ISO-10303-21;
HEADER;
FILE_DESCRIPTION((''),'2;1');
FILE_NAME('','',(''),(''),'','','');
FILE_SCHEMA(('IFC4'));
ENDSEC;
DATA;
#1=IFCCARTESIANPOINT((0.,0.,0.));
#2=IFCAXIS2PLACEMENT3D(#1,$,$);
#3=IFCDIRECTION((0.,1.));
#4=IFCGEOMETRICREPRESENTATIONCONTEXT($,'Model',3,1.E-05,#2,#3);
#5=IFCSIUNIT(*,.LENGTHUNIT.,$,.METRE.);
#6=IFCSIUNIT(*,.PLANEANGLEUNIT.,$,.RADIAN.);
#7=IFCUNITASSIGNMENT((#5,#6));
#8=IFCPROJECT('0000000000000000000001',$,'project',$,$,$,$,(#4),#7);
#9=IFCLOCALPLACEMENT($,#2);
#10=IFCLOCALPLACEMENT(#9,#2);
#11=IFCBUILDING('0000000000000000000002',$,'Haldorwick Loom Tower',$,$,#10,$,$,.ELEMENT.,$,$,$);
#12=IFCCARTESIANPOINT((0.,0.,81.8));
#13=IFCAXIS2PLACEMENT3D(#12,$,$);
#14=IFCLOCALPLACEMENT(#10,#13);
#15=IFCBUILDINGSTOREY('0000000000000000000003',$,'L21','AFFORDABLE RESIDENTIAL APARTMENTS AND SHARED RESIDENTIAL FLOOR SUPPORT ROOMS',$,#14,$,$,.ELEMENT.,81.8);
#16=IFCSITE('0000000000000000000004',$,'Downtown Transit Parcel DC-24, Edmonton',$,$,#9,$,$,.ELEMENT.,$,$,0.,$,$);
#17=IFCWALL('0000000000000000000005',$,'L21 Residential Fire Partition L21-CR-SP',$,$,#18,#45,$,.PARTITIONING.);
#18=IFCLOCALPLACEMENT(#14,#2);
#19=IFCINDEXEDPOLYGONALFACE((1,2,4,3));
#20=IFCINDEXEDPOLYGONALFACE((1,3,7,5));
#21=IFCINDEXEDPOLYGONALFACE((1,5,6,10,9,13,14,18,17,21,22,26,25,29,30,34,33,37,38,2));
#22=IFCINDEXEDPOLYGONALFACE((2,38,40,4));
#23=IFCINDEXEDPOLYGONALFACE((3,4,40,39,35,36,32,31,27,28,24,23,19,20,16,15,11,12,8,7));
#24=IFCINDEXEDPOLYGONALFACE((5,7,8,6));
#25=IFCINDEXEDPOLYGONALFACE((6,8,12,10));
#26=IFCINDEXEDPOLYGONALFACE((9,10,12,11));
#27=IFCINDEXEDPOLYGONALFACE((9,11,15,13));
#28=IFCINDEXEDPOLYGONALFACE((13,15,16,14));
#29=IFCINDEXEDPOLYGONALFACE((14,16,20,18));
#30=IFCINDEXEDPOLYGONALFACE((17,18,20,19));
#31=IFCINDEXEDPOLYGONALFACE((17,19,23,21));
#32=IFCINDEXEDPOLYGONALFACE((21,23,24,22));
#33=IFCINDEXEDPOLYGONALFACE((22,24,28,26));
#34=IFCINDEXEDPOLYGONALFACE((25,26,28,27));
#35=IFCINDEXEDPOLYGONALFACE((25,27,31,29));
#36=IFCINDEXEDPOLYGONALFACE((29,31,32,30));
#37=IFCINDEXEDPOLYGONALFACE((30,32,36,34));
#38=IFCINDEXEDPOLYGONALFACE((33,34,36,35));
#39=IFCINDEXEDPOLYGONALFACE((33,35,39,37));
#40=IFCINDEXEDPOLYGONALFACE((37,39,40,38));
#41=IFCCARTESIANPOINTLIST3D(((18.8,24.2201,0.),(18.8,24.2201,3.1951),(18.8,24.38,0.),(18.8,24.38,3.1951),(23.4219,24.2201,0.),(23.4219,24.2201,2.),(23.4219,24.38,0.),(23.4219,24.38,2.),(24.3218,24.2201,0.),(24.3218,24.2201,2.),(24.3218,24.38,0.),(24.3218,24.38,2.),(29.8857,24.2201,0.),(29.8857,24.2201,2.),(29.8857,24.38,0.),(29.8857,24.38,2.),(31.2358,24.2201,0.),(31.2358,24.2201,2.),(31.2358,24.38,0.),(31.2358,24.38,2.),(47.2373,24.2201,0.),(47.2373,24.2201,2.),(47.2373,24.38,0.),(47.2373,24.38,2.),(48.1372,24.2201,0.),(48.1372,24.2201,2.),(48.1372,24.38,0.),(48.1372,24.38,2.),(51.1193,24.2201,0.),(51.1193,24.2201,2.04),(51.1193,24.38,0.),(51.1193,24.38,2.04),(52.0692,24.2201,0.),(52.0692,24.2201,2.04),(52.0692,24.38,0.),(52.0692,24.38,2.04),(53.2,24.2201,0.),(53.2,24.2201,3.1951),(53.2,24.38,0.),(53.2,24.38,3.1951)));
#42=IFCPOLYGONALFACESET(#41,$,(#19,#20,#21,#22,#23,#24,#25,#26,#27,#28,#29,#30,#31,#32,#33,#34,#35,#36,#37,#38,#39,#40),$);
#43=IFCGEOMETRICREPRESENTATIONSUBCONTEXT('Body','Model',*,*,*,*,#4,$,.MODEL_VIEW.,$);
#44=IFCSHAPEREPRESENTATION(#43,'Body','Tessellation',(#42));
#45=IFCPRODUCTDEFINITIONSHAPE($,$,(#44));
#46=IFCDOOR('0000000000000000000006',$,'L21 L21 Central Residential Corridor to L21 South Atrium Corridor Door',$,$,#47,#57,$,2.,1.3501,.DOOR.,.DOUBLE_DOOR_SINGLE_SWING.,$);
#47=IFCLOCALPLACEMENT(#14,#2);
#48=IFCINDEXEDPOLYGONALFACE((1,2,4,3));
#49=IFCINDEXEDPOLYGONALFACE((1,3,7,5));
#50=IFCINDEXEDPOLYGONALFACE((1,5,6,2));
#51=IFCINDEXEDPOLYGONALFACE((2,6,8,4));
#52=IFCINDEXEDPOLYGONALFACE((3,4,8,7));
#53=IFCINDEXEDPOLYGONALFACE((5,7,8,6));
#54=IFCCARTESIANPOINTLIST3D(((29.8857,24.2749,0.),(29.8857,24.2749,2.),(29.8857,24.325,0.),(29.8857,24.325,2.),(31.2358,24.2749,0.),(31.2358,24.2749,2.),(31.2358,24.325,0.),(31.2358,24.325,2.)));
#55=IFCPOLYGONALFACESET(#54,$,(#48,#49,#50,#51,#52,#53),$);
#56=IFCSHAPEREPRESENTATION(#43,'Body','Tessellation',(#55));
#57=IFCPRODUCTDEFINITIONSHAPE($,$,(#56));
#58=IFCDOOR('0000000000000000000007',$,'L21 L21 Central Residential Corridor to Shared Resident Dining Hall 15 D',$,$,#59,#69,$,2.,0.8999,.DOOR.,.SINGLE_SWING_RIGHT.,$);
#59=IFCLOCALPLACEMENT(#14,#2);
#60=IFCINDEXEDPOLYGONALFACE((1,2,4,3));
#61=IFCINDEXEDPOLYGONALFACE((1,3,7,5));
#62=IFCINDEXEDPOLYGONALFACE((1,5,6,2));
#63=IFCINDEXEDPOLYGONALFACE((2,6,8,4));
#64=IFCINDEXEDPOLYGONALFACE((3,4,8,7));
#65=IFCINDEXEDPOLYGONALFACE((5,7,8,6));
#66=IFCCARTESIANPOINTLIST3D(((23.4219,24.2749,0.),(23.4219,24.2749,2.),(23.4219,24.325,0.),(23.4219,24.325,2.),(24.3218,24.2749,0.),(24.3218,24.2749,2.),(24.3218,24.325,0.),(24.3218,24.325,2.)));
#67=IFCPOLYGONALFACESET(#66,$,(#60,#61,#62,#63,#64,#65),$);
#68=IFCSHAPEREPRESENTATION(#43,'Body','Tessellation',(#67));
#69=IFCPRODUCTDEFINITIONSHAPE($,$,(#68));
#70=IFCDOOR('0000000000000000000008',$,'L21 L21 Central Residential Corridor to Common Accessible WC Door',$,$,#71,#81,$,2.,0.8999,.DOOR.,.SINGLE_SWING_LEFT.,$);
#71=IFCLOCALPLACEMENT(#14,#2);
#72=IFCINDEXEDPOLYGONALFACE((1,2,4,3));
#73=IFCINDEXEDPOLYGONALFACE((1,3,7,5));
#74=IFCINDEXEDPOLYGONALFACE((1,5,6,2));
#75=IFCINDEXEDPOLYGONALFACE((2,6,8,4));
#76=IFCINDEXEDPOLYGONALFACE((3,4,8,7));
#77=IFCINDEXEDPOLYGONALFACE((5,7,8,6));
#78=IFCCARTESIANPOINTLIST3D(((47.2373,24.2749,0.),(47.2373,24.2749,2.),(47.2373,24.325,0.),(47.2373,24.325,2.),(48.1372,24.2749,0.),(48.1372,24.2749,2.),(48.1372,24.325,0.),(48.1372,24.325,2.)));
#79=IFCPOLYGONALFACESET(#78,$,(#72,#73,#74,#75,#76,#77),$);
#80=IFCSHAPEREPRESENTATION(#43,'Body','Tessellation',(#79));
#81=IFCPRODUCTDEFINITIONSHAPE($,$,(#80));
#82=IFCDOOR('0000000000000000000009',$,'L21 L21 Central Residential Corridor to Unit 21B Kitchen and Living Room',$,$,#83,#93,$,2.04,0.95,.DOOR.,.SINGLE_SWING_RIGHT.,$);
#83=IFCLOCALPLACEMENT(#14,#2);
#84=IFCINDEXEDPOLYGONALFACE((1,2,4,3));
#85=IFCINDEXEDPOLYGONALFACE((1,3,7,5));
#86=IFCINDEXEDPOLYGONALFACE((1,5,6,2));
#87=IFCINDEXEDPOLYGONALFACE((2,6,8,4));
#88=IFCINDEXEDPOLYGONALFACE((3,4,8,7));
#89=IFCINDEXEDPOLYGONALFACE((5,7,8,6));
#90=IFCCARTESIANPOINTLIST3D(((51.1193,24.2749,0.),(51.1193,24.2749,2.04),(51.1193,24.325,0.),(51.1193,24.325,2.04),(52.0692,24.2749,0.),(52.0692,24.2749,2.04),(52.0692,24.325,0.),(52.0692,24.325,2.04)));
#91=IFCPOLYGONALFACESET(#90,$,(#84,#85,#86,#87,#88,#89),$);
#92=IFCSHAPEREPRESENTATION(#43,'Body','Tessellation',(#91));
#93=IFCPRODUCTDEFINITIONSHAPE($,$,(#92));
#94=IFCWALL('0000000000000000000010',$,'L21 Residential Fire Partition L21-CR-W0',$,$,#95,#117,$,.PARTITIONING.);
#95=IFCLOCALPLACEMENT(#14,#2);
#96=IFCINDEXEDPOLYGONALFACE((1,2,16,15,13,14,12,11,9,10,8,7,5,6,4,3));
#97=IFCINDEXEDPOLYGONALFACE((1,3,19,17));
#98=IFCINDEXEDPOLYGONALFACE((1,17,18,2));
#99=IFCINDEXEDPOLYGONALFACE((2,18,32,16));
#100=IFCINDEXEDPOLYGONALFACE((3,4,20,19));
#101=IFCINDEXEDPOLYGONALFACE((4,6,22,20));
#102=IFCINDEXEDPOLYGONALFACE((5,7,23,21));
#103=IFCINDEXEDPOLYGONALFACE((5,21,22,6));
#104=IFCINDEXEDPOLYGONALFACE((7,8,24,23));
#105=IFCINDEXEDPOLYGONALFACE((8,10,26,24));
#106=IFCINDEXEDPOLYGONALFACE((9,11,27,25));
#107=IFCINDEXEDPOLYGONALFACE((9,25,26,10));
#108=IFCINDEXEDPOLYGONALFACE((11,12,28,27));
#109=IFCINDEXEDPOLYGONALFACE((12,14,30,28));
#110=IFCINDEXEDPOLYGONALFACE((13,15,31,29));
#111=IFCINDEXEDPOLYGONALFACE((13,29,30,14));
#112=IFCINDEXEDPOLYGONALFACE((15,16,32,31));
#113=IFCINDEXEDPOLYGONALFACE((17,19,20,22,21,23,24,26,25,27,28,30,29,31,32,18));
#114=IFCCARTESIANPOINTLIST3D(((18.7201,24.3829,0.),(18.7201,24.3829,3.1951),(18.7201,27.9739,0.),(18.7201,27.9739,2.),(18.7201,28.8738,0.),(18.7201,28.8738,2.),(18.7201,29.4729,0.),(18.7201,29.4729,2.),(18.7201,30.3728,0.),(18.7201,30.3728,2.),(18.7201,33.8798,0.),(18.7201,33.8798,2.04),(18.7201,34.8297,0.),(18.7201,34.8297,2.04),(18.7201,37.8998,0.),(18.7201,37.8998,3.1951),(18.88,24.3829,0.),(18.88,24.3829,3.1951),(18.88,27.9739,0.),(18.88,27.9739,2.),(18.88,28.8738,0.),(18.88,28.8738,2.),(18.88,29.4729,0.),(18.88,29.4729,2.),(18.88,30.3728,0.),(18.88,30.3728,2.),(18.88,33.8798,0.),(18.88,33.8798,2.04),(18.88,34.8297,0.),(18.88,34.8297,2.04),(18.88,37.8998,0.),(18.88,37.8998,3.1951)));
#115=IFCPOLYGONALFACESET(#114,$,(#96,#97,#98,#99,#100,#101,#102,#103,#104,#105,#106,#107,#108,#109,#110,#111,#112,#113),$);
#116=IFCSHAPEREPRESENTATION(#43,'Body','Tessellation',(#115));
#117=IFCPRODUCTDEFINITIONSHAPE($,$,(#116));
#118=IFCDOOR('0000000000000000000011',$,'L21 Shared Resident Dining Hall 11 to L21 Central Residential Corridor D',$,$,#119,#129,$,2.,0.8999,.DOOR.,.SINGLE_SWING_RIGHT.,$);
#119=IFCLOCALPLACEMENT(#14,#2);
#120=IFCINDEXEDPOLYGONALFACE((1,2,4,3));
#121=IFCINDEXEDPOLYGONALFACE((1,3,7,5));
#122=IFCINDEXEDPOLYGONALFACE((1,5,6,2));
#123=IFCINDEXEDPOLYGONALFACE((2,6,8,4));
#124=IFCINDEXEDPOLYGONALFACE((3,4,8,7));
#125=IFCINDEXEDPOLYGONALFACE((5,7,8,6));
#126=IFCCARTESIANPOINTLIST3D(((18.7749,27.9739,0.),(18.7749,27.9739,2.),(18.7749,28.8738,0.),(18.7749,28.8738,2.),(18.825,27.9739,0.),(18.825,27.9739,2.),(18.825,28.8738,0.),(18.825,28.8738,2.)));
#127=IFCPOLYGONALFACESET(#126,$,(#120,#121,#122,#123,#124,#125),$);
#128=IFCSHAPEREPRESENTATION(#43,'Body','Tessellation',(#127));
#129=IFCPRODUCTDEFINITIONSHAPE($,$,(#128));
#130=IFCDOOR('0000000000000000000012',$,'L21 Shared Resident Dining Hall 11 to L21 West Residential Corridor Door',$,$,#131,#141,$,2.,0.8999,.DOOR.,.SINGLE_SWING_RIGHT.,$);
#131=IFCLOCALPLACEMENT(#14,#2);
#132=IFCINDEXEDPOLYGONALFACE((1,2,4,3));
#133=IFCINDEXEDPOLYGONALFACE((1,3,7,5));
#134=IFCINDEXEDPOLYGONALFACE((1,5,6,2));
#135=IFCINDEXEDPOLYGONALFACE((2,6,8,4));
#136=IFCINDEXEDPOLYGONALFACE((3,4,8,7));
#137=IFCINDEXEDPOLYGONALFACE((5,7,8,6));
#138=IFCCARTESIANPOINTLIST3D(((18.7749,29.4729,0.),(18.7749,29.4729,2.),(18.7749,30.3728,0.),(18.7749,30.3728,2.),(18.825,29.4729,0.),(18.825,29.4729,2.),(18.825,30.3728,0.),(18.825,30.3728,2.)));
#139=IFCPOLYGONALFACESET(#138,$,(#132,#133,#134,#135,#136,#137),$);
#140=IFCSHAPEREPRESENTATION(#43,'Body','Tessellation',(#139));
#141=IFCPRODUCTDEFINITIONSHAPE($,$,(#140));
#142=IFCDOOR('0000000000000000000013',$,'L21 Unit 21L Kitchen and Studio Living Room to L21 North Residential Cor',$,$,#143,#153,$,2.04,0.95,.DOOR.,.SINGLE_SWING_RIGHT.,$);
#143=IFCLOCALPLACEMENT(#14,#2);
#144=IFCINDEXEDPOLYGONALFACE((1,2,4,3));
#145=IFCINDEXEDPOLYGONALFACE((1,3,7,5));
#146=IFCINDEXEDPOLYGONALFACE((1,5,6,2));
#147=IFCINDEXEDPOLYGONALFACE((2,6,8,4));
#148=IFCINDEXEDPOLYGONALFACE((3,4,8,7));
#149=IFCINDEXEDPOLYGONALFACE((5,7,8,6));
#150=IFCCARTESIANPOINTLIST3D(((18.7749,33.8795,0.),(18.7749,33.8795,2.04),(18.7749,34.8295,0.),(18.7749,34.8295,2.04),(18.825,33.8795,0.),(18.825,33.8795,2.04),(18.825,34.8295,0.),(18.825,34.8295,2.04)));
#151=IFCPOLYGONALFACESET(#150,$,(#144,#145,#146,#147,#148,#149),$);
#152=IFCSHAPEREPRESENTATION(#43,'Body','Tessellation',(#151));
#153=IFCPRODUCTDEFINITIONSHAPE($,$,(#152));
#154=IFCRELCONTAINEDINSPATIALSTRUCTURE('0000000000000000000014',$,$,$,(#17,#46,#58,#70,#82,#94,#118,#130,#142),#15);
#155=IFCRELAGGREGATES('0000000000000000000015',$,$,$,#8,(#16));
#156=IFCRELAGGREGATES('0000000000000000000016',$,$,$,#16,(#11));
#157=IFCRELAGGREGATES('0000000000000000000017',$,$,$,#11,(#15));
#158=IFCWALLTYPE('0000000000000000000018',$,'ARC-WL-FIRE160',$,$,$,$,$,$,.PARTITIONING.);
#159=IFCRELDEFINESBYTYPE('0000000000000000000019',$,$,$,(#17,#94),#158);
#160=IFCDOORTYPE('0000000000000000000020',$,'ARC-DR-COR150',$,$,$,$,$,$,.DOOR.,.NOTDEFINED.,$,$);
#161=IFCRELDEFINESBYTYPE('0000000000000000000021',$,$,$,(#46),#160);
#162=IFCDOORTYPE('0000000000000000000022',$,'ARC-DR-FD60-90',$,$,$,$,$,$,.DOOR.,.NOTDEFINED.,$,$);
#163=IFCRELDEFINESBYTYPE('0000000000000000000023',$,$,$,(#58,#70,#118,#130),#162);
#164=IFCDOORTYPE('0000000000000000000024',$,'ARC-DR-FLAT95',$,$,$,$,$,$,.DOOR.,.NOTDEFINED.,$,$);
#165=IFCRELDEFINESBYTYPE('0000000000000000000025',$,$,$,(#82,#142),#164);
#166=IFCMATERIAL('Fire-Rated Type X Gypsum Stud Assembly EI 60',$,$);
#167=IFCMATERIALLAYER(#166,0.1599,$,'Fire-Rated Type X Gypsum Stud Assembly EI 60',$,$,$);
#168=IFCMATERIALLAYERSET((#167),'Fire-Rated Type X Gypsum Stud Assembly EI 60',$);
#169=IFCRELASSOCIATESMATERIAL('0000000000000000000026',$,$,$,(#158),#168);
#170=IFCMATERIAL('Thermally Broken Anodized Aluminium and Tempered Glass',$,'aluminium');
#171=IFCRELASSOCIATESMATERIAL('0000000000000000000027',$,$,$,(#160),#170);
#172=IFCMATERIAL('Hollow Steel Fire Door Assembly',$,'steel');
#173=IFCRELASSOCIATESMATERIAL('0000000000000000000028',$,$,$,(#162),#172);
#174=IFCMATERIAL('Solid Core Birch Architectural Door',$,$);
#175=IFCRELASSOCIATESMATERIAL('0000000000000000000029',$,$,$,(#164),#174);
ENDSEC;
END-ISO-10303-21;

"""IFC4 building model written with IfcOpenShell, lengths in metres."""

from ifc_helpers import new_model, si_unit, direction, frame, frame_2d, origin, place, context, subcontext, project, spatial, rectangle, extrude, material, layer, layer_set, type_object, element, fill, save


model = new_model("IFC4")

# Units and contexts
model_context = context("Model", 3, precision=1e-05, world=origin(), true_north=direction((0.0, 1.0)))
body_context = subcontext(model_context, "Body", "Model", "MODEL_VIEW")
ifc_project = project(units=[si_unit("LENGTHUNIT", "METRE"), si_unit("PLANEANGLEUNIT", "RADIAN")], contexts=[model_context])

# Site, building, storey
site_placement = place(None, origin())
site = spatial("IfcSite", under=ifc_project, at=site_placement, Name="Downtown Transit Parcel DC-24, Edmonton", CompositionType="ELEMENT", RefElevation=0.0)
building_placement = place(site_placement, origin())
building = spatial("IfcBuilding", under=site, at=building_placement, Name="Haldorwick Loom Tower", CompositionType="ELEMENT")
storey_placement = place(building_placement, frame((0.0, 0.0, 81.8)))
storey = spatial("IfcBuildingStorey", under=building, at=storey_placement, Name="L21", Description="AFFORDABLE RESIDENTIAL APARTMENTS AND SHARED RESIDENTIAL FLOOR SUPPORT ROOMS", CompositionType="ELEMENT", Elevation=81.8)

# Walls, openings, doors
ifc_material_1 = material(Name="Fire-Rated Type X Gypsum Stud Assembly EI 60")
ifc_layer_1 = layer(ifc_material_1, 0.1599, Name="Fire-Rated Type X Gypsum Stud Assembly EI 60")
ifc_layer_set_1 = layer_set([ifc_layer_1], Name="Fire-Rated Type X Gypsum Stud Assembly EI 60")
wall_type_1 = type_object("IfcWallType", Name="ARC-WL-FIRE160", PredefinedType="PARTITIONING", material=ifc_layer_set_1)
wall_1_placement = place(storey_placement, frame((18.8, 24.3, 0.0), z_axis=(0.0, 0.0, 1.0), x_axis=(1.0, 0.0, 0.0)))
wall_1 = element("IfcWall", 1, at=wall_1_placement, inside=storey, type_object=wall_type_1, Name="L21 Residential Fire Partition L21-CR-SP", PredefinedType="PARTITIONING", context=body_context, shape_type="SweptSolid", body=[
    extrude(rectangle(XDim=34.3999, YDim=0.1599, at=frame_2d((17.2, 0.0))), origin(), (0.0, 0.0, 1.0), 3.1951),
])
opening_1_placement = place(wall_1_placement, frame((11.0857, 0.0, 0.0)))
opening_1 = element("IfcOpeningElement", 2, at=opening_1_placement, cuts=wall_1, PredefinedType="OPENING", context=body_context, shape_type="SweptSolid", body=[
    extrude(rectangle(XDim=1.3501, YDim=2.0, at=frame_2d((0.675, 1.0))), frame((0.0, 0.0898, 0.0), z_axis=(0.0, -1.0, 0.0), x_axis=(1.0, 0.0, 0.0)), (0.0, 0.0, 1.0), 0.1799),
])
opening_2_placement = place(wall_1_placement, frame((4.6218, 0.0, 0.0)))
opening_2 = element("IfcOpeningElement", 3, at=opening_2_placement, cuts=wall_1, PredefinedType="OPENING", context=body_context, shape_type="SweptSolid", body=[
    extrude(rectangle(XDim=0.8999, YDim=2.0, at=frame_2d((0.45, 1.0))), frame((0.0, 0.0898, 0.0), z_axis=(0.0, -1.0, 0.0), x_axis=(1.0, 0.0, 0.0)), (0.0, 0.0, 1.0), 0.1799),
])
opening_3_placement = place(wall_1_placement, frame((28.4373, 0.0, 0.0)))
opening_3 = element("IfcOpeningElement", 4, at=opening_3_placement, cuts=wall_1, PredefinedType="OPENING", context=body_context, shape_type="SweptSolid", body=[
    extrude(rectangle(XDim=0.8999, YDim=2.0, at=frame_2d((0.45, 1.0))), frame((0.0, 0.0898, 0.0), z_axis=(0.0, -1.0, 0.0), x_axis=(1.0, 0.0, 0.0)), (0.0, 0.0, 1.0), 0.1799),
])
opening_4_placement = place(wall_1_placement, frame((32.3191, 0.0, 0.0)))
opening_4 = element("IfcOpeningElement", 5, at=opening_4_placement, cuts=wall_1, PredefinedType="OPENING", context=body_context, shape_type="SweptSolid", body=[
    extrude(rectangle(XDim=0.95, YDim=2.04, at=frame_2d((0.4751, 1.02))), frame((0.0, 0.0898, 0.0), z_axis=(0.0, -1.0, 0.0), x_axis=(1.0, 0.0, 0.0)), (0.0, 0.0, 1.0), 0.1799),
])
ifc_material_2 = material(Name="Thermally Broken Anodized Aluminium and Tempered Glass", Category="aluminium")
door_type_1 = type_object("IfcDoorType", Name="ARC-DR-COR150", OperationType="NOTDEFINED", PredefinedType="DOOR", material=ifc_material_2)
door_1_placement = place(opening_1_placement, origin())
door_1 = element("IfcDoor", 6, at=door_1_placement, inside=storey, type_object=door_type_1, Name="L21 L21 Central Residential Corridor to L21 South Atrium Corridor Door", OperationType="DOUBLE_DOOR_SINGLE_SWING", OverallHeight=2.0, OverallWidth=1.3501, PredefinedType="DOOR", context=body_context, shape_type="SweptSolid", body=[
    extrude(rectangle(XDim=1.3501, YDim=2.0, at=frame_2d((0.675, 1.0))), frame((0.0, 0.0249, 0.0), z_axis=(0.0, -1.0, 0.0), x_axis=(1.0, 0.0, 0.0)), (0.0, 0.0, 1.0), 0.05),
])
fill(opening_1, door_1)
ifc_material_3 = material(Name="Hollow Steel Fire Door Assembly", Category="steel")
door_type_2 = type_object("IfcDoorType", Name="ARC-DR-FD60-90", OperationType="NOTDEFINED", PredefinedType="DOOR", material=ifc_material_3)
door_2_placement = place(opening_2_placement, origin())
door_2 = element("IfcDoor", 7, at=door_2_placement, inside=storey, type_object=door_type_2, Name="L21 L21 Central Residential Corridor to Shared Resident Dining Hall 15 D", OperationType="SINGLE_SWING_RIGHT", OverallHeight=2.0, OverallWidth=0.8999, PredefinedType="DOOR", context=body_context, shape_type="SweptSolid", body=[
    extrude(rectangle(XDim=0.8999, YDim=2.0, at=frame_2d((0.45, 1.0))), frame((0.0, 0.0249, 0.0), z_axis=(0.0, -1.0, 0.0), x_axis=(1.0, 0.0, 0.0)), (0.0, 0.0, 1.0), 0.05),
])
fill(opening_2, door_2)
door_3_placement = place(opening_3_placement, origin())
door_3 = element("IfcDoor", 8, at=door_3_placement, inside=storey, type_object=door_type_2, Name="L21 L21 Central Residential Corridor to Common Accessible WC Door", OperationType="SINGLE_SWING_LEFT", OverallHeight=2.0, OverallWidth=0.8999, PredefinedType="DOOR", context=body_context, shape_type="SweptSolid", body=[
    extrude(rectangle(XDim=0.8999, YDim=2.0, at=frame_2d((0.45, 1.0))), frame((0.0, 0.0249, 0.0), z_axis=(0.0, -1.0, 0.0), x_axis=(1.0, 0.0, 0.0)), (0.0, 0.0, 1.0), 0.05),
])
fill(opening_3, door_3)
ifc_material_4 = material(Name="Solid Core Birch Architectural Door")
door_type_3 = type_object("IfcDoorType", Name="ARC-DR-FLAT95", OperationType="NOTDEFINED", PredefinedType="DOOR", material=ifc_material_4)
door_4_placement = place(opening_4_placement, origin())
door_4 = element("IfcDoor", 9, at=door_4_placement, inside=storey, type_object=door_type_3, Name="L21 L21 Central Residential Corridor to Unit 21B Kitchen and Living Room", OperationType="SINGLE_SWING_RIGHT", OverallHeight=2.04, OverallWidth=0.95, PredefinedType="DOOR", context=body_context, shape_type="SweptSolid", body=[
    extrude(rectangle(XDim=0.95, YDim=2.04, at=frame_2d((0.4751, 1.02))), frame((0.0, 0.0249, 0.0), z_axis=(0.0, -1.0, 0.0), x_axis=(1.0, 0.0, 0.0)), (0.0, 0.0, 1.0), 0.05),
])
fill(opening_4, door_4)
wall_2_placement = place(storey_placement, frame((18.8, 24.3831, 0.0), z_axis=(0.0, 0.0, 1.0), x_axis=(0.0, 1.0, 0.0)))
wall_2 = element("IfcWall", 10, at=wall_2_placement, inside=storey, type_object=wall_type_1, Name="L21 Residential Fire Partition L21-CR-W0", PredefinedType="PARTITIONING", context=body_context, shape_type="SweptSolid", body=[
    extrude(rectangle(XDim=13.5168, YDim=0.1599, at=frame_2d((6.7583, 0.0))), origin(), (0.0, 0.0, 1.0), 3.1951),
])
opening_5_placement = place(wall_2_placement, frame((3.5908, 0.0, 0.0)))
opening_5 = element("IfcOpeningElement", 11, at=opening_5_placement, cuts=wall_2, PredefinedType="OPENING", context=body_context, shape_type="SweptSolid", body=[
    extrude(rectangle(XDim=0.8999, YDim=2.0, at=frame_2d((0.45, 1.0))), frame((0.0, 0.0898, 0.0), z_axis=(0.0, -1.0, 0.0), x_axis=(1.0, 0.0, 0.0)), (0.0, 0.0, 1.0), 0.1799),
])
opening_6_placement = place(wall_2_placement, frame((9.4966, 0.0, 0.0)))
opening_6 = element("IfcOpeningElement", 12, at=opening_6_placement, cuts=wall_2, PredefinedType="OPENING", context=body_context, shape_type="SweptSolid", body=[
    extrude(rectangle(XDim=0.95, YDim=2.04, at=frame_2d((0.4751, 1.02))), frame((0.0, 0.0898, 0.0), z_axis=(0.0, -1.0, 0.0), x_axis=(1.0, 0.0, 0.0)), (0.0, 0.0, 1.0), 0.1799),
])
opening_7_placement = place(wall_2_placement, frame((5.0898, 0.0, 0.0)))
opening_7 = element("IfcOpeningElement", 13, at=opening_7_placement, cuts=wall_2, PredefinedType="OPENING", context=body_context, shape_type="SweptSolid", body=[
    extrude(rectangle(XDim=0.8999, YDim=2.0, at=frame_2d((0.45, 1.0))), frame((0.0, 0.0898, 0.0), z_axis=(0.0, -1.0, 0.0), x_axis=(1.0, 0.0, 0.0)), (0.0, 0.0, 1.0), 0.1799),
])
door_5_placement = place(opening_5_placement, frame((0.8999, 0.0, 0.0), z_axis=(0.0, 0.0, 1.0), x_axis=(-1.0, 0.0, 0.0)))
door_5 = element("IfcDoor", 14, at=door_5_placement, inside=storey, type_object=door_type_2, Name="L21 Shared Resident Dining Hall 11 to L21 Central Residential Corridor D", OperationType="SINGLE_SWING_RIGHT", OverallHeight=2.0, OverallWidth=0.8999, PredefinedType="DOOR", context=body_context, shape_type="SweptSolid", body=[
    extrude(rectangle(XDim=0.8999, YDim=2.0, at=frame_2d((0.45, 1.0))), frame((0.0, 0.0249, 0.0), z_axis=(0.0, -1.0, 0.0), x_axis=(1.0, 0.0, 0.0)), (0.0, 0.0, 1.0), 0.05),
])
fill(opening_5, door_5)
door_6_placement = place(opening_7_placement, frame((0.8999, 0.0, 0.0), z_axis=(0.0, 0.0, 1.0), x_axis=(-1.0, 0.0, 0.0)))
door_6 = element("IfcDoor", 15, at=door_6_placement, inside=storey, type_object=door_type_2, Name="L21 Shared Resident Dining Hall 11 to L21 West Residential Corridor Door", OperationType="SINGLE_SWING_RIGHT", OverallHeight=2.0, OverallWidth=0.8999, PredefinedType="DOOR", context=body_context, shape_type="SweptSolid", body=[
    extrude(rectangle(XDim=0.8999, YDim=2.0, at=frame_2d((0.45, 1.0))), frame((0.0, 0.0249, 0.0), z_axis=(0.0, -1.0, 0.0), x_axis=(1.0, 0.0, 0.0)), (0.0, 0.0, 1.0), 0.05),
])
fill(opening_7, door_6)
door_7_placement = place(opening_6_placement, frame((0.95, 0.0, 0.0), z_axis=(0.0, 0.0, 1.0), x_axis=(-1.0, 0.0, 0.0)))
door_7 = element("IfcDoor", 16, at=door_7_placement, inside=storey, type_object=door_type_3, Name="L21 Unit 21L Kitchen and Studio Living Room to L21 North Residential Cor", OperationType="SINGLE_SWING_RIGHT", OverallHeight=2.04, OverallWidth=0.95, PredefinedType="DOOR", context=body_context, shape_type="SweptSolid", body=[
    extrude(rectangle(XDim=0.95, YDim=2.04, at=frame_2d((0.4751, 1.02))), frame((0.0, 0.0249, 0.0), z_axis=(0.0, -1.0, 0.0), x_axis=(1.0, 0.0, 0.0)), (0.0, 0.0, 1.0), 0.05),
])
fill(opening_6, door_7)

save(model, "model.ifc")
